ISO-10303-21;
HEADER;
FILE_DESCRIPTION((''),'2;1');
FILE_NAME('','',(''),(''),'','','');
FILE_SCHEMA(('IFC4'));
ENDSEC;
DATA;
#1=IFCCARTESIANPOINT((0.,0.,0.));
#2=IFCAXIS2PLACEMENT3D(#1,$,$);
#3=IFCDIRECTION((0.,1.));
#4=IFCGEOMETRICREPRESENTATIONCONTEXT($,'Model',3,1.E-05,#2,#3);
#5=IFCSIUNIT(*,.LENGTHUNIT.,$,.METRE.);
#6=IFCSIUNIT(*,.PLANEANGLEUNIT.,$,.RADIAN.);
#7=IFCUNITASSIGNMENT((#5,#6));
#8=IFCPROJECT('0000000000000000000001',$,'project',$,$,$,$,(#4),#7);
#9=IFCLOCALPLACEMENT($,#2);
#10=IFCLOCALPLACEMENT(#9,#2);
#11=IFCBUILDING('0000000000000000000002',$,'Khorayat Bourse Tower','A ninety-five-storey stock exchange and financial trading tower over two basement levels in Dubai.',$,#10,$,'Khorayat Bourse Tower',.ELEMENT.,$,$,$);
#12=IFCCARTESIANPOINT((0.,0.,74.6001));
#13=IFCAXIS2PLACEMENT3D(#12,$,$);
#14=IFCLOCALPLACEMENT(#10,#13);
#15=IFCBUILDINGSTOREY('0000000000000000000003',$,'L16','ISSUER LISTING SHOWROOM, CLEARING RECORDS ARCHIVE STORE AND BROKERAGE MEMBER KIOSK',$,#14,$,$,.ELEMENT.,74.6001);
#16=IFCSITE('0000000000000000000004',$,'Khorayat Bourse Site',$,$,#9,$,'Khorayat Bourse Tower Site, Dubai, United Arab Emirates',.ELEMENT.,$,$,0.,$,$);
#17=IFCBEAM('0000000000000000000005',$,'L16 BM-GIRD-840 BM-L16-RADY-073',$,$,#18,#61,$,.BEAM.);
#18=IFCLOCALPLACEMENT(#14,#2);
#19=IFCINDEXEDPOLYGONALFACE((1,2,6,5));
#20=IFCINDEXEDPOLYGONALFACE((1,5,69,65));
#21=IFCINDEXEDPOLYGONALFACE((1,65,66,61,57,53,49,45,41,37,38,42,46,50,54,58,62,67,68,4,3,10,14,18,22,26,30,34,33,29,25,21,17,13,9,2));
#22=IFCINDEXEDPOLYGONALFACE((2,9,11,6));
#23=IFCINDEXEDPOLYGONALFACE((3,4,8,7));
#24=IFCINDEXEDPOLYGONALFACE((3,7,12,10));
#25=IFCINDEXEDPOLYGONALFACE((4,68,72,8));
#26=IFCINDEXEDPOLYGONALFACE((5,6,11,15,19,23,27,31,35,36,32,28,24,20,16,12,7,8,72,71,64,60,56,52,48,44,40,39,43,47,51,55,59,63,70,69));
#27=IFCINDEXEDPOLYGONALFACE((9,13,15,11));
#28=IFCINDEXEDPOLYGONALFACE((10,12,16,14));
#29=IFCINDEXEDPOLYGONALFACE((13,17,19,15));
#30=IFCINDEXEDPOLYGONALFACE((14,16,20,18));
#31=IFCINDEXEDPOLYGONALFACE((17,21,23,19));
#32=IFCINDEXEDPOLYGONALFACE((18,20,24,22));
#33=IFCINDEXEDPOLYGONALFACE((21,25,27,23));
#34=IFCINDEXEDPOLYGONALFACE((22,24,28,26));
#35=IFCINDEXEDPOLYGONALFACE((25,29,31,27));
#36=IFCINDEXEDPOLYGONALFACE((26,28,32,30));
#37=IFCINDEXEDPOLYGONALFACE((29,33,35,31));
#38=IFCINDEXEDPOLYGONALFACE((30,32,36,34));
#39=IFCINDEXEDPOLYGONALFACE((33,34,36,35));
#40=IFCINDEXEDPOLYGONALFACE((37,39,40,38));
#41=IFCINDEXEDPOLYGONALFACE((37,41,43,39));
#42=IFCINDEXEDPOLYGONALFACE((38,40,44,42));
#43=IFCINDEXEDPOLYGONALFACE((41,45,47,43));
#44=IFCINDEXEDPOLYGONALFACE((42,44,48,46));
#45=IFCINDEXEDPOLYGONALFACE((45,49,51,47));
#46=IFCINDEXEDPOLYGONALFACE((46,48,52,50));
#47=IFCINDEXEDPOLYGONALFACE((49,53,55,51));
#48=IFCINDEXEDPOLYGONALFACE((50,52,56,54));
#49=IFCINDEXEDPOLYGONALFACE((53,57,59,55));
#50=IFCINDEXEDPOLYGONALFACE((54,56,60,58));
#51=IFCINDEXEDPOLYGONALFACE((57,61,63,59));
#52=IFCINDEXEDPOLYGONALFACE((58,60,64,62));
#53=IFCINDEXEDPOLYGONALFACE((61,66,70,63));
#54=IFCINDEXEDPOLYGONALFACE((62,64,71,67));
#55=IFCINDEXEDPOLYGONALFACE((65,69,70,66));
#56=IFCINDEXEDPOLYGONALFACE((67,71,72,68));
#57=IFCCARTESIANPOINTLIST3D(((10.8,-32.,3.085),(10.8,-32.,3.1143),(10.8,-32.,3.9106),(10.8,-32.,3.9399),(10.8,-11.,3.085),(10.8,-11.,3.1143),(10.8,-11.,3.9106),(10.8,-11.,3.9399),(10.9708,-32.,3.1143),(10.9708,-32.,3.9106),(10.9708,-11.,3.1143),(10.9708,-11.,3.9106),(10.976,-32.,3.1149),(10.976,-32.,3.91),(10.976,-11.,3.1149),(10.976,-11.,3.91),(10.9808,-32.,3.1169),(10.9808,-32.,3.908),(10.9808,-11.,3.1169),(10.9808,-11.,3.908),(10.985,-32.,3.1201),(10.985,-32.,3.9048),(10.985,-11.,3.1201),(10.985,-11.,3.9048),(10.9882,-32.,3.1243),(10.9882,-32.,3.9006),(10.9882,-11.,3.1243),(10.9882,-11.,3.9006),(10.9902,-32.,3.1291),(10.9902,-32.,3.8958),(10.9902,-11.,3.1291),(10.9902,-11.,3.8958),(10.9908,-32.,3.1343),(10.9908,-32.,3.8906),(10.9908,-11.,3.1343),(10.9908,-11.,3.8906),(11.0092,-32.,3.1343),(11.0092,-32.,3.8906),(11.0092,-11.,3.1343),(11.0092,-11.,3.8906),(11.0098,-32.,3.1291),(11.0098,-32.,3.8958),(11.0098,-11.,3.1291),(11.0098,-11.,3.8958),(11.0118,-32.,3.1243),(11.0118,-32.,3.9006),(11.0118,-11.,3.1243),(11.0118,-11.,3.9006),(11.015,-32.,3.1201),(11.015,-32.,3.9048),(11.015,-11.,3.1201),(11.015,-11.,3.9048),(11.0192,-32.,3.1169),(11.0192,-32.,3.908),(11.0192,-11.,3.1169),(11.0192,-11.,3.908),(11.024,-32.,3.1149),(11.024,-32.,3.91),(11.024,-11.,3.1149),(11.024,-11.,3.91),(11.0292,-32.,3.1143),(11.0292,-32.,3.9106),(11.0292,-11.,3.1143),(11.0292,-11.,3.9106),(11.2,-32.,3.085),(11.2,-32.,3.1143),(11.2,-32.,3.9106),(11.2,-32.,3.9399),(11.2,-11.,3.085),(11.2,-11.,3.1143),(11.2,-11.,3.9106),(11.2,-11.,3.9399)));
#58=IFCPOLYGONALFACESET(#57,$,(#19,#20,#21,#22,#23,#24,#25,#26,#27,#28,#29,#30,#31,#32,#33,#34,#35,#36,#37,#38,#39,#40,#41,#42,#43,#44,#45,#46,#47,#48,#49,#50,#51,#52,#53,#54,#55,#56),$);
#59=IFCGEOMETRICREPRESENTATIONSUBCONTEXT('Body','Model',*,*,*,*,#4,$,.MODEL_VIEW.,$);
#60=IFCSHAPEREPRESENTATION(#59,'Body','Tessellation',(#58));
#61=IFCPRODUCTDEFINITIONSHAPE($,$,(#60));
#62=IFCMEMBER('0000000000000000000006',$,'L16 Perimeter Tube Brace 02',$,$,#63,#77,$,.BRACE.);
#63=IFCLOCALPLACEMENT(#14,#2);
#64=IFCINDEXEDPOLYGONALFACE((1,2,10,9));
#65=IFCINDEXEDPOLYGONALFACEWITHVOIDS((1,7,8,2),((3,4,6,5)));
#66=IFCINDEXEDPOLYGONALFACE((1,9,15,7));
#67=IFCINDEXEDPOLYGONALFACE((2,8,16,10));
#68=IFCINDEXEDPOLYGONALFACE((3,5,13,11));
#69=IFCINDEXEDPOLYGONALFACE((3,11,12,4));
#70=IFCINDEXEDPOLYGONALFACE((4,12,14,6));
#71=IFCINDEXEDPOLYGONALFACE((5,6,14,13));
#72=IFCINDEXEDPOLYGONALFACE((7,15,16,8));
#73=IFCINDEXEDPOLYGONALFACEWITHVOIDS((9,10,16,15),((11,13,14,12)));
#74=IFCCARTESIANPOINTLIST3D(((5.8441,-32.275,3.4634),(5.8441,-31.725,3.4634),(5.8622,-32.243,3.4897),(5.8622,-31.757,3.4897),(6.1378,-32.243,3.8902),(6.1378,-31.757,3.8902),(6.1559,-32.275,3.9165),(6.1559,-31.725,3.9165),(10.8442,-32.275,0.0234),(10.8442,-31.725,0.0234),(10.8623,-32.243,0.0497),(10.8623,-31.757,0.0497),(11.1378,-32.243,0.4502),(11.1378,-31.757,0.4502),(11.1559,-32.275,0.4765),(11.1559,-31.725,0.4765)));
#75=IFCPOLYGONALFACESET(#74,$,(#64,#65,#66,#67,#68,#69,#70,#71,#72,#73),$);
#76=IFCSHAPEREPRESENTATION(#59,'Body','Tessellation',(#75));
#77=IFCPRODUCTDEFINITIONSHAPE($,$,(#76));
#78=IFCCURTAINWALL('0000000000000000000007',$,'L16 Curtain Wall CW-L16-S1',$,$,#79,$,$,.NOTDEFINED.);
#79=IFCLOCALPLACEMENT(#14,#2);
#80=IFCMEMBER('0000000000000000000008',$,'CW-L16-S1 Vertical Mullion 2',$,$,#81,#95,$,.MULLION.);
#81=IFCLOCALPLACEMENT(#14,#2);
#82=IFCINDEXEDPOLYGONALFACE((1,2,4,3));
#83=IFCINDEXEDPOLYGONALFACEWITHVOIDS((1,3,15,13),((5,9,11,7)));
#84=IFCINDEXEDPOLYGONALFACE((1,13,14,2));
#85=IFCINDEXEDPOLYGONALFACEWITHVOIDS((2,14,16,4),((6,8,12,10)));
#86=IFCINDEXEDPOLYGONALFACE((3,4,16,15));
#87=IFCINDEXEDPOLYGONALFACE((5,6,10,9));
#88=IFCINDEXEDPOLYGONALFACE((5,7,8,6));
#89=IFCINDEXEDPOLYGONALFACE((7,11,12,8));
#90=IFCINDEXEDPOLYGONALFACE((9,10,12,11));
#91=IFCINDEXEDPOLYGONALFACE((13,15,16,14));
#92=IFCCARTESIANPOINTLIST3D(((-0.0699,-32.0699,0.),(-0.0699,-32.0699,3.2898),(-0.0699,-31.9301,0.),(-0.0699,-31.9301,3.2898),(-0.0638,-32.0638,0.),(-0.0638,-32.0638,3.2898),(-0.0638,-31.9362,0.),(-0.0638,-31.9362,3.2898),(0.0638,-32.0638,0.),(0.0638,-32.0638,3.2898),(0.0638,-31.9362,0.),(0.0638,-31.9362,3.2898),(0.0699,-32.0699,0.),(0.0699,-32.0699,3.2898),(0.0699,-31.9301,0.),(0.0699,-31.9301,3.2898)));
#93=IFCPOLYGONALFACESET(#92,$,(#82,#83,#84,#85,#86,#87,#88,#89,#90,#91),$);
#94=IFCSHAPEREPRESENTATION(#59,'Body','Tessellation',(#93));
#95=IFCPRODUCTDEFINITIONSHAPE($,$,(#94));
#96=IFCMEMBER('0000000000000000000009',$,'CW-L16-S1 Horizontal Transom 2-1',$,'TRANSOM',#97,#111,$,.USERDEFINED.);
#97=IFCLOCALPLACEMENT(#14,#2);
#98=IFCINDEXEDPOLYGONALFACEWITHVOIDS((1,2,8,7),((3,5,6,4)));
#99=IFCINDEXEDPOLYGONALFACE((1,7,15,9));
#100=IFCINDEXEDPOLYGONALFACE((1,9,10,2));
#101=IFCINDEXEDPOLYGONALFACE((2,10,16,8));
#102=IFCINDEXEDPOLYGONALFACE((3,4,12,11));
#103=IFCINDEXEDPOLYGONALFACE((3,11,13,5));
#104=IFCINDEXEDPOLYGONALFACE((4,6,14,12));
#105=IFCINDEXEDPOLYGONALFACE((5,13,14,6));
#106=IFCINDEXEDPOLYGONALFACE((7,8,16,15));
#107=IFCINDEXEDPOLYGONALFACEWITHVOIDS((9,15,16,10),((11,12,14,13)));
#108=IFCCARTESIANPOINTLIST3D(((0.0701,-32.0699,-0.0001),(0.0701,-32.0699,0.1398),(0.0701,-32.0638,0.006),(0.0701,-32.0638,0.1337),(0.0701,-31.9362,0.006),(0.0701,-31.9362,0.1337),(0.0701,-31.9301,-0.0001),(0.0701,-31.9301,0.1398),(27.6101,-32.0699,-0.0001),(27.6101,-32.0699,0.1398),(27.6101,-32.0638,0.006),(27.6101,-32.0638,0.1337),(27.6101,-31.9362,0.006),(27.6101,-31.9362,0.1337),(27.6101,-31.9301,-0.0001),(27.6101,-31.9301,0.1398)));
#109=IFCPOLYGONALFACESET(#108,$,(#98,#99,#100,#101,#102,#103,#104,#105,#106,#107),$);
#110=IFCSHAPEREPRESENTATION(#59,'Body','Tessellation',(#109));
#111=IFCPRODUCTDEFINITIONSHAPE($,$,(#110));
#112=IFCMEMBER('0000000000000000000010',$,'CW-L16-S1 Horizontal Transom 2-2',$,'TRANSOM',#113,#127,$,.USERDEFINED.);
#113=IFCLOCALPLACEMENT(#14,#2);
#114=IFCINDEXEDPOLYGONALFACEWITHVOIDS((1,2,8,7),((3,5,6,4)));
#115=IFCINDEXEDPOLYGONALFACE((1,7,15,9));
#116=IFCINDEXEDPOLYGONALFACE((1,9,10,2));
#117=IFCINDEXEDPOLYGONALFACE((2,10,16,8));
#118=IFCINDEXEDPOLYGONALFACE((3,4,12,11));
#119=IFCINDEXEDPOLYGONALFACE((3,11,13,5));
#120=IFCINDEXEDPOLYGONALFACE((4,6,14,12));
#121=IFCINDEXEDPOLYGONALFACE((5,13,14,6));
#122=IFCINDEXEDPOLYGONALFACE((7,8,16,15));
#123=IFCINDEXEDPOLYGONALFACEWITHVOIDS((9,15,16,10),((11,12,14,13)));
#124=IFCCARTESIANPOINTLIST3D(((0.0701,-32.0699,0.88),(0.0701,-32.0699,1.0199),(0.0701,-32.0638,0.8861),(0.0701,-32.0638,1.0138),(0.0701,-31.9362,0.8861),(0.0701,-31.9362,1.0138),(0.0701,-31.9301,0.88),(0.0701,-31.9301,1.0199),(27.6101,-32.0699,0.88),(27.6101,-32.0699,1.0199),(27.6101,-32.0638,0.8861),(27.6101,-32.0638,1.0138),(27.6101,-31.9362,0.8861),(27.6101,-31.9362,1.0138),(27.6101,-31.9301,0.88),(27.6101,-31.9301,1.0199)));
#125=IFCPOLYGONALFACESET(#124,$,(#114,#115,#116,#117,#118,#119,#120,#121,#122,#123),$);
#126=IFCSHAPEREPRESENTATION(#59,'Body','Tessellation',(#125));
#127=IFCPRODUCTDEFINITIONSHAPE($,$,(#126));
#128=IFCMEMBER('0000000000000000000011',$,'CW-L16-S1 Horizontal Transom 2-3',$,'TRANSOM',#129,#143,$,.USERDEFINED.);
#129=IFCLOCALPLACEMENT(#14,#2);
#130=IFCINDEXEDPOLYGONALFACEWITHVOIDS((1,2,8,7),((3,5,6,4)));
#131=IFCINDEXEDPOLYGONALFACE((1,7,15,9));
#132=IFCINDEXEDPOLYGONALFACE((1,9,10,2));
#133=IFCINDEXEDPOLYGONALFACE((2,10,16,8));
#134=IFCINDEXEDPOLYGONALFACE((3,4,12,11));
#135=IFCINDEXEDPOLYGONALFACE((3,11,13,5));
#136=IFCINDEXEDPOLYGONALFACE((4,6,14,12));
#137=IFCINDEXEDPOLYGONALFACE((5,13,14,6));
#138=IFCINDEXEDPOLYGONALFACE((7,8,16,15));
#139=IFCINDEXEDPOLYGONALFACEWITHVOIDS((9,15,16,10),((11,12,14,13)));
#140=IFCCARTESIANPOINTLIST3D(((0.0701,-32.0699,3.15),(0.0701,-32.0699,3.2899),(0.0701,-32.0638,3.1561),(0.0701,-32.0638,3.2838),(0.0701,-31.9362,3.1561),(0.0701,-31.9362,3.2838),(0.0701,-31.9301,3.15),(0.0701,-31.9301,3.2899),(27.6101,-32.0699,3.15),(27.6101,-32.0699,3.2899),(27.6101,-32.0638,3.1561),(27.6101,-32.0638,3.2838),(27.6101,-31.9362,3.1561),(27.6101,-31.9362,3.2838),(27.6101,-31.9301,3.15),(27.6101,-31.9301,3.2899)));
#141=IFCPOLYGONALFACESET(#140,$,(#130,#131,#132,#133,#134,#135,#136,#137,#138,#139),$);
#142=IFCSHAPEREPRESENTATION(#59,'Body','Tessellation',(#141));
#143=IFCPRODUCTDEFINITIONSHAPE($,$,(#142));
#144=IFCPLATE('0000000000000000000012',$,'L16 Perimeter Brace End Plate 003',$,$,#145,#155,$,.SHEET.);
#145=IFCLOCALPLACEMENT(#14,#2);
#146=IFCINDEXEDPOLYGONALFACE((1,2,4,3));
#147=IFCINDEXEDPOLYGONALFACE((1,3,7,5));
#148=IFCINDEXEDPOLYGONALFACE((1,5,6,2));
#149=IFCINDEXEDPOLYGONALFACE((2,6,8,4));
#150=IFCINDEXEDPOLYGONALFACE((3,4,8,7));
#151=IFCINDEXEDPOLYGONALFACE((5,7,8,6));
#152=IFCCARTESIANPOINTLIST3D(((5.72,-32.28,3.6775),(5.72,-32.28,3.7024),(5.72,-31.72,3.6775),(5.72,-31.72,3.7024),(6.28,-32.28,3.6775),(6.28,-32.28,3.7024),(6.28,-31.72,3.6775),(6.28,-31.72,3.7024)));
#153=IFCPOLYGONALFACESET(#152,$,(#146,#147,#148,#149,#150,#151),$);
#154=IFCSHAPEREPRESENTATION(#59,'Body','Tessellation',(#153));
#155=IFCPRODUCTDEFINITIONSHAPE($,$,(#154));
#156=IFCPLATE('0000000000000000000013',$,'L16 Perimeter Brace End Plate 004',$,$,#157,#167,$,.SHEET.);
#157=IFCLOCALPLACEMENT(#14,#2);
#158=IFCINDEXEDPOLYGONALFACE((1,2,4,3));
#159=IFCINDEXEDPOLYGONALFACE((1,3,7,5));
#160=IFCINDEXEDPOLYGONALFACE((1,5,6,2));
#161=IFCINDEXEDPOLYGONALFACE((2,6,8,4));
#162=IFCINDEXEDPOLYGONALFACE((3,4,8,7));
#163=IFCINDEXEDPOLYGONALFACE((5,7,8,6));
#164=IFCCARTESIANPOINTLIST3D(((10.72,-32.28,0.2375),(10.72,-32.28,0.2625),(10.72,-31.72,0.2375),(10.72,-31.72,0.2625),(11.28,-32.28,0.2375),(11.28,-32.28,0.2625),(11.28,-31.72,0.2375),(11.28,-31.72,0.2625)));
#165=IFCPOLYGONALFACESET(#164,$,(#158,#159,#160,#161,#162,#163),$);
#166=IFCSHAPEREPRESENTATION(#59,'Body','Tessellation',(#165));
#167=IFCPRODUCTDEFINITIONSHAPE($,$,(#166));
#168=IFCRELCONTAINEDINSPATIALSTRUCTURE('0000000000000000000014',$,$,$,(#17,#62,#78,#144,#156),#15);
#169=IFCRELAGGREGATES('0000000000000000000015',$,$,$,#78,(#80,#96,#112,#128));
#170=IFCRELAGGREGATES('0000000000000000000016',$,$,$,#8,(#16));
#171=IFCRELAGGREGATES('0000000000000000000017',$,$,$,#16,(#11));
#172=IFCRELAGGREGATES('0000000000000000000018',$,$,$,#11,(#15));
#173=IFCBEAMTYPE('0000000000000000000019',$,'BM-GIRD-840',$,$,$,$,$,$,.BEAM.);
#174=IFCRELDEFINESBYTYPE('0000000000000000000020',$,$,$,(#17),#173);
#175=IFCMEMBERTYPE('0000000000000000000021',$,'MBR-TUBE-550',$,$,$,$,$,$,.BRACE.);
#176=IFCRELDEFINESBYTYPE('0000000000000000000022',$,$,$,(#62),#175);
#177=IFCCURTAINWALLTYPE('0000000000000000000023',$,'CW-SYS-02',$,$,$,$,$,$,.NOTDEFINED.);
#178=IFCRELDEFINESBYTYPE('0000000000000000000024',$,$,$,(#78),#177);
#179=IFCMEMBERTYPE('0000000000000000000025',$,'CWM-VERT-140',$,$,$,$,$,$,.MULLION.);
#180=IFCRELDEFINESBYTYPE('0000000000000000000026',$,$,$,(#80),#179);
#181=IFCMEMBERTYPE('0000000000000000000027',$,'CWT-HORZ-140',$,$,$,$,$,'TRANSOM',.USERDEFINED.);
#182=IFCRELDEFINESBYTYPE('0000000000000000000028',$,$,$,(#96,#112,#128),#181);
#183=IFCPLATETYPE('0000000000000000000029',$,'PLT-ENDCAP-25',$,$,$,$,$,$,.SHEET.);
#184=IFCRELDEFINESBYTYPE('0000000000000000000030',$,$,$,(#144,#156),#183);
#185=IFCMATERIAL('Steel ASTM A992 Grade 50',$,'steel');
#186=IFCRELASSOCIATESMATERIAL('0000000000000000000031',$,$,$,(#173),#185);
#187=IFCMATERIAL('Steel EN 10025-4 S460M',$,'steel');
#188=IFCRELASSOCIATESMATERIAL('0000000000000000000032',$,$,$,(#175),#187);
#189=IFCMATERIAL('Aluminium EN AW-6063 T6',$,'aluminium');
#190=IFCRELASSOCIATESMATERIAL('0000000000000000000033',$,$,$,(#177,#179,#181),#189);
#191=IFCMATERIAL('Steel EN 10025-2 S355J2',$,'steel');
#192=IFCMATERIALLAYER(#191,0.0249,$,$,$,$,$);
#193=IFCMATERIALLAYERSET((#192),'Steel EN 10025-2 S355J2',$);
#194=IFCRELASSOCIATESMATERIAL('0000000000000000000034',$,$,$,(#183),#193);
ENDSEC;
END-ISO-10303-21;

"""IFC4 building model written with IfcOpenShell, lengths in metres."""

from ifc_helpers import new_model, si_unit, direction, frame, origin, origin_2d, place, context, subcontext, project, spatial, rectangle, hollow_rectangle, i_section, extrude, source, transform, mapped, material, layer, layer_set, material_profile, profile_set, type_object, element, aggregate, save


model = new_model("IFC4")

# Units and contexts
model_context = context("Model", 3, precision=1e-05, world=origin(), true_north=direction((0.0, 1.0)))
body_context = subcontext(model_context, "Body", "Model", "MODEL_VIEW")
ifc_project = project(units=[si_unit("LENGTHUNIT", "METRE"), si_unit("PLANEANGLEUNIT", "RADIAN")], contexts=[model_context])

# Site, building, storey
site_placement = place(None, origin())
site = spatial("IfcSite", under=ifc_project, at=site_placement, Name="Khorayat Bourse Site", LongName="Khorayat Bourse Tower Site, Dubai, United Arab Emirates", CompositionType="ELEMENT", RefElevation=0.0)
building_placement = place(site_placement, origin())
building = spatial("IfcBuilding", under=site, at=building_placement, Name="Khorayat Bourse Tower", Description="A ninety-five-storey stock exchange and financial trading tower over two basement levels in Dubai.", LongName="Khorayat Bourse Tower", CompositionType="ELEMENT")
storey_placement = place(building_placement, frame((0.0, 0.0, 74.6001)))
storey = spatial("IfcBuildingStorey", under=building, at=storey_placement, Name="L16", Description="ISSUER LISTING SHOWROOM, CLEARING RECORDS ARCHIVE STORE AND BROKERAGE MEMBER KIOSK", CompositionType="ELEMENT", Elevation=74.6001)

# Shared definitions
ifc_material_1 = material(Name="Steel EN 10025-4 S460M", Category="steel")

# Beam
ifc_material_2 = material(Name="Steel ASTM A992 Grade 50", Category="steel")
ifc_material_profile_1 = material_profile(ifc_material_2, i_section(OverallWidth=0.3999, OverallDepth=0.855, WebThickness=0.0183, FlangeThickness=0.0293, FilletRadius=0.02, at=origin_2d()), Name="W840X299")
ifc_profile_set_1 = profile_set([ifc_material_profile_1], Name="Steel ASTM A992 Grade 50")
beam_type_1 = type_object("IfcBeamType", Name="BM-GIRD-840", PredefinedType="BEAM", material=ifc_profile_set_1)
shared_shape_1 = source(origin(), body_context, "Body", "SweptSolid", [
    extrude(i_section(OverallWidth=0.3999, OverallDepth=0.855, WebThickness=0.0183, FlangeThickness=0.0293, FilletRadius=0.02, at=origin_2d()), origin(), (0.0, 0.0, 1.0), 21.0),
])
for number, where, z_axis, x_axis, name in (
    (1, (11.0, -32.0, 3.5125), (0.0, 1.0, 0.0), (-1.0, 0.0, 0.0), "L16 BM-GIRD-840 BM-L16-RADY-073"),
):
    element("IfcBeam", number, at=place(storey_placement, frame(where, z_axis=z_axis, x_axis=x_axis)), inside=storey, type_object=beam_type_1, Name=name, PredefinedType="BEAM", context=body_context, shape_type="MappedRepresentation", body=[
        mapped(shared_shape_1, transform((0.0, 0.0, 0.0), scale=1.0)),
    ])

# Member
ifc_material_profile_2 = material_profile(ifc_material_1, hollow_rectangle(XDim=0.55, YDim=0.55, WallThickness=0.032, at=origin_2d()), Name="HSS 550x550x32")
ifc_profile_set_2 = profile_set([ifc_material_profile_2], Name="Steel EN 10025-4 S460M")
member_type_1 = type_object("IfcMemberType", Name="MBR-TUBE-550", PredefinedType="BRACE", material=ifc_profile_set_2)
shared_shape_2 = source(origin(), body_context, "Body", "SweptSolid", [
    extrude(hollow_rectangle(XDim=0.55, YDim=0.55, WallThickness=0.032, at=origin_2d()), origin(), (0.0, 0.0, 1.0), 6.0691),
])
member_1_placement = place(storey_placement, frame((6.0, -32.0, 3.6899), z_axis=(0.823854, 0.0, -0.566802), x_axis=(0.0, 1.0, 0.0)))
element("IfcMember", 2, at=member_1_placement, inside=storey, type_object=member_type_1, Name="L16 Perimeter Tube Brace 02", PredefinedType="BRACE", context=body_context, shape_type="MappedRepresentation", body=[
    mapped(shared_shape_2, transform((0.0, 0.0, 0.0), scale=1.0)),
])

# Curtain wall, members
ifc_material_3 = material(Name="Aluminium EN AW-6063 T6", Category="aluminium")
curtain_wall_type = type_object("IfcCurtainWallType", Name="CW-SYS-02", PredefinedType="NOTDEFINED", material=ifc_material_3)
curtain_wall_placement = place(storey_placement, origin())
curtain_wall = element("IfcCurtainWall", 3, at=curtain_wall_placement, inside=storey, type_object=curtain_wall_type, Name="L16 Curtain Wall CW-L16-S1", PredefinedType="NOTDEFINED")
ifc_material_profile_3 = material_profile(ifc_material_3, hollow_rectangle(XDim=0.1399, YDim=0.1399, WallThickness=0.0061, at=origin_2d()), Name="ALU 140x140x6")
ifc_profile_set_3 = profile_set([ifc_material_profile_3], Name="Aluminium EN AW-6063 T6")
member_type_2 = type_object("IfcMemberType", Name="CWM-VERT-140", PredefinedType="MULLION", material=ifc_profile_set_3)
shared_shape_3 = source(origin(), body_context, "Body", "SweptSolid", [
    extrude(hollow_rectangle(XDim=0.1399, YDim=0.1399, WallThickness=0.0061, at=origin_2d()), origin(), (0.0, 0.0, 1.0), 3.2898),
])
member_2_placement = place(storey_placement, frame((0.0, -32.0, 0.0), z_axis=(0.0, 0.0, 1.0), x_axis=(0.0, 1.0, 0.0)))
member_2 = element("IfcMember", 4, at=member_2_placement, type_object=member_type_2, Name="CW-L16-S1 Vertical Mullion 2", PredefinedType="MULLION", context=body_context, shape_type="MappedRepresentation", body=[
    mapped(shared_shape_3, transform((0.0, 0.0, 0.0), scale=1.0)),
])
ifc_material_profile_4 = material_profile(ifc_material_3, hollow_rectangle(XDim=0.1399, YDim=0.1399, WallThickness=0.0061, at=origin_2d()), Name="ALU 140x140x6")
ifc_profile_set_4 = profile_set([ifc_material_profile_4], Name="Aluminium EN AW-6063 T6")
member_type_3 = type_object("IfcMemberType", Name="CWT-HORZ-140", ElementType="TRANSOM", PredefinedType="USERDEFINED", material=ifc_profile_set_4)
shared_shape_4 = source(origin(), body_context, "Body", "SweptSolid", [
    extrude(hollow_rectangle(XDim=0.1399, YDim=0.1399, WallThickness=0.0061, at=origin_2d()), origin(), (0.0, 0.0, 1.0), 27.54),
])
member_3_placement = place(storey_placement, frame((0.0701, -32.0, 0.0698), z_axis=(1.0, 0.0, 0.0), x_axis=(0.0, 1.0, 0.0)))
member_3 = element("IfcMember", 5, at=member_3_placement, type_object=member_type_3, Name="CW-L16-S1 Horizontal Transom 2-1", ObjectType="TRANSOM", PredefinedType="USERDEFINED", context=body_context, shape_type="MappedRepresentation", body=[
    mapped(shared_shape_4, transform((0.0, 0.0, 0.0), scale=1.0)),
])
member_4_placement = place(storey_placement, frame((0.0701, -32.0, 0.95), z_axis=(1.0, 0.0, 0.0), x_axis=(0.0, 1.0, 0.0)))
member_4 = element("IfcMember", 6, at=member_4_placement, type_object=member_type_3, Name="CW-L16-S1 Horizontal Transom 2-2", ObjectType="TRANSOM", PredefinedType="USERDEFINED", context=body_context, shape_type="MappedRepresentation", body=[
    mapped(shared_shape_4, transform((0.0, 0.0, 0.0), scale=1.0)),
])
member_5_placement = place(storey_placement, frame((0.0701, -32.0, 3.22), z_axis=(1.0, 0.0, 0.0), x_axis=(0.0, 1.0, 0.0)))
member_5 = element("IfcMember", 7, at=member_5_placement, type_object=member_type_3, Name="CW-L16-S1 Horizontal Transom 2-3", ObjectType="TRANSOM", PredefinedType="USERDEFINED", context=body_context, shape_type="MappedRepresentation", body=[
    mapped(shared_shape_4, transform((0.0, 0.0, 0.0), scale=1.0)),
])
aggregate(curtain_wall, [member_2, member_3, member_4, member_5])

# Plates
ifc_material_4 = material(Name="Steel EN 10025-2 S355J2", Category="steel")
ifc_layer_1 = layer(ifc_material_4, 0.0249)
ifc_layer_set_1 = layer_set([ifc_layer_1], Name="Steel EN 10025-2 S355J2")
plate_type = type_object("IfcPlateType", Name="PLT-ENDCAP-25", PredefinedType="SHEET", material=ifc_layer_set_1)
shared_shape_5 = source(origin(), body_context, "Body", "SweptSolid", [
    extrude(rectangle(XDim=0.5601, YDim=0.5601, at=origin_2d()), origin(), (0.0, 0.0, 1.0), 0.0249),
])
for number, where, z_axis, x_axis, name in (
    (8, (6.0, -32.0, 3.6775), (0.0, 0.0, 1.0), (1.0, 0.0, 0.0), "L16 Perimeter Brace End Plate 003"),
    (9, (11.0, -32.0, 0.2375), (0.0, 0.0, 1.0), (1.0, 0.0, 0.0), "L16 Perimeter Brace End Plate 004"),
):
    element("IfcPlate", number, at=place(storey_placement, frame(where, z_axis=z_axis, x_axis=x_axis)), inside=storey, type_object=plate_type, Name=name, PredefinedType="SHEET", context=body_context, shape_type="MappedRepresentation", body=[
        mapped(shared_shape_5, transform((0.0, 0.0, 0.0), scale=1.0)),
    ])

save(model, "model.ifc")
